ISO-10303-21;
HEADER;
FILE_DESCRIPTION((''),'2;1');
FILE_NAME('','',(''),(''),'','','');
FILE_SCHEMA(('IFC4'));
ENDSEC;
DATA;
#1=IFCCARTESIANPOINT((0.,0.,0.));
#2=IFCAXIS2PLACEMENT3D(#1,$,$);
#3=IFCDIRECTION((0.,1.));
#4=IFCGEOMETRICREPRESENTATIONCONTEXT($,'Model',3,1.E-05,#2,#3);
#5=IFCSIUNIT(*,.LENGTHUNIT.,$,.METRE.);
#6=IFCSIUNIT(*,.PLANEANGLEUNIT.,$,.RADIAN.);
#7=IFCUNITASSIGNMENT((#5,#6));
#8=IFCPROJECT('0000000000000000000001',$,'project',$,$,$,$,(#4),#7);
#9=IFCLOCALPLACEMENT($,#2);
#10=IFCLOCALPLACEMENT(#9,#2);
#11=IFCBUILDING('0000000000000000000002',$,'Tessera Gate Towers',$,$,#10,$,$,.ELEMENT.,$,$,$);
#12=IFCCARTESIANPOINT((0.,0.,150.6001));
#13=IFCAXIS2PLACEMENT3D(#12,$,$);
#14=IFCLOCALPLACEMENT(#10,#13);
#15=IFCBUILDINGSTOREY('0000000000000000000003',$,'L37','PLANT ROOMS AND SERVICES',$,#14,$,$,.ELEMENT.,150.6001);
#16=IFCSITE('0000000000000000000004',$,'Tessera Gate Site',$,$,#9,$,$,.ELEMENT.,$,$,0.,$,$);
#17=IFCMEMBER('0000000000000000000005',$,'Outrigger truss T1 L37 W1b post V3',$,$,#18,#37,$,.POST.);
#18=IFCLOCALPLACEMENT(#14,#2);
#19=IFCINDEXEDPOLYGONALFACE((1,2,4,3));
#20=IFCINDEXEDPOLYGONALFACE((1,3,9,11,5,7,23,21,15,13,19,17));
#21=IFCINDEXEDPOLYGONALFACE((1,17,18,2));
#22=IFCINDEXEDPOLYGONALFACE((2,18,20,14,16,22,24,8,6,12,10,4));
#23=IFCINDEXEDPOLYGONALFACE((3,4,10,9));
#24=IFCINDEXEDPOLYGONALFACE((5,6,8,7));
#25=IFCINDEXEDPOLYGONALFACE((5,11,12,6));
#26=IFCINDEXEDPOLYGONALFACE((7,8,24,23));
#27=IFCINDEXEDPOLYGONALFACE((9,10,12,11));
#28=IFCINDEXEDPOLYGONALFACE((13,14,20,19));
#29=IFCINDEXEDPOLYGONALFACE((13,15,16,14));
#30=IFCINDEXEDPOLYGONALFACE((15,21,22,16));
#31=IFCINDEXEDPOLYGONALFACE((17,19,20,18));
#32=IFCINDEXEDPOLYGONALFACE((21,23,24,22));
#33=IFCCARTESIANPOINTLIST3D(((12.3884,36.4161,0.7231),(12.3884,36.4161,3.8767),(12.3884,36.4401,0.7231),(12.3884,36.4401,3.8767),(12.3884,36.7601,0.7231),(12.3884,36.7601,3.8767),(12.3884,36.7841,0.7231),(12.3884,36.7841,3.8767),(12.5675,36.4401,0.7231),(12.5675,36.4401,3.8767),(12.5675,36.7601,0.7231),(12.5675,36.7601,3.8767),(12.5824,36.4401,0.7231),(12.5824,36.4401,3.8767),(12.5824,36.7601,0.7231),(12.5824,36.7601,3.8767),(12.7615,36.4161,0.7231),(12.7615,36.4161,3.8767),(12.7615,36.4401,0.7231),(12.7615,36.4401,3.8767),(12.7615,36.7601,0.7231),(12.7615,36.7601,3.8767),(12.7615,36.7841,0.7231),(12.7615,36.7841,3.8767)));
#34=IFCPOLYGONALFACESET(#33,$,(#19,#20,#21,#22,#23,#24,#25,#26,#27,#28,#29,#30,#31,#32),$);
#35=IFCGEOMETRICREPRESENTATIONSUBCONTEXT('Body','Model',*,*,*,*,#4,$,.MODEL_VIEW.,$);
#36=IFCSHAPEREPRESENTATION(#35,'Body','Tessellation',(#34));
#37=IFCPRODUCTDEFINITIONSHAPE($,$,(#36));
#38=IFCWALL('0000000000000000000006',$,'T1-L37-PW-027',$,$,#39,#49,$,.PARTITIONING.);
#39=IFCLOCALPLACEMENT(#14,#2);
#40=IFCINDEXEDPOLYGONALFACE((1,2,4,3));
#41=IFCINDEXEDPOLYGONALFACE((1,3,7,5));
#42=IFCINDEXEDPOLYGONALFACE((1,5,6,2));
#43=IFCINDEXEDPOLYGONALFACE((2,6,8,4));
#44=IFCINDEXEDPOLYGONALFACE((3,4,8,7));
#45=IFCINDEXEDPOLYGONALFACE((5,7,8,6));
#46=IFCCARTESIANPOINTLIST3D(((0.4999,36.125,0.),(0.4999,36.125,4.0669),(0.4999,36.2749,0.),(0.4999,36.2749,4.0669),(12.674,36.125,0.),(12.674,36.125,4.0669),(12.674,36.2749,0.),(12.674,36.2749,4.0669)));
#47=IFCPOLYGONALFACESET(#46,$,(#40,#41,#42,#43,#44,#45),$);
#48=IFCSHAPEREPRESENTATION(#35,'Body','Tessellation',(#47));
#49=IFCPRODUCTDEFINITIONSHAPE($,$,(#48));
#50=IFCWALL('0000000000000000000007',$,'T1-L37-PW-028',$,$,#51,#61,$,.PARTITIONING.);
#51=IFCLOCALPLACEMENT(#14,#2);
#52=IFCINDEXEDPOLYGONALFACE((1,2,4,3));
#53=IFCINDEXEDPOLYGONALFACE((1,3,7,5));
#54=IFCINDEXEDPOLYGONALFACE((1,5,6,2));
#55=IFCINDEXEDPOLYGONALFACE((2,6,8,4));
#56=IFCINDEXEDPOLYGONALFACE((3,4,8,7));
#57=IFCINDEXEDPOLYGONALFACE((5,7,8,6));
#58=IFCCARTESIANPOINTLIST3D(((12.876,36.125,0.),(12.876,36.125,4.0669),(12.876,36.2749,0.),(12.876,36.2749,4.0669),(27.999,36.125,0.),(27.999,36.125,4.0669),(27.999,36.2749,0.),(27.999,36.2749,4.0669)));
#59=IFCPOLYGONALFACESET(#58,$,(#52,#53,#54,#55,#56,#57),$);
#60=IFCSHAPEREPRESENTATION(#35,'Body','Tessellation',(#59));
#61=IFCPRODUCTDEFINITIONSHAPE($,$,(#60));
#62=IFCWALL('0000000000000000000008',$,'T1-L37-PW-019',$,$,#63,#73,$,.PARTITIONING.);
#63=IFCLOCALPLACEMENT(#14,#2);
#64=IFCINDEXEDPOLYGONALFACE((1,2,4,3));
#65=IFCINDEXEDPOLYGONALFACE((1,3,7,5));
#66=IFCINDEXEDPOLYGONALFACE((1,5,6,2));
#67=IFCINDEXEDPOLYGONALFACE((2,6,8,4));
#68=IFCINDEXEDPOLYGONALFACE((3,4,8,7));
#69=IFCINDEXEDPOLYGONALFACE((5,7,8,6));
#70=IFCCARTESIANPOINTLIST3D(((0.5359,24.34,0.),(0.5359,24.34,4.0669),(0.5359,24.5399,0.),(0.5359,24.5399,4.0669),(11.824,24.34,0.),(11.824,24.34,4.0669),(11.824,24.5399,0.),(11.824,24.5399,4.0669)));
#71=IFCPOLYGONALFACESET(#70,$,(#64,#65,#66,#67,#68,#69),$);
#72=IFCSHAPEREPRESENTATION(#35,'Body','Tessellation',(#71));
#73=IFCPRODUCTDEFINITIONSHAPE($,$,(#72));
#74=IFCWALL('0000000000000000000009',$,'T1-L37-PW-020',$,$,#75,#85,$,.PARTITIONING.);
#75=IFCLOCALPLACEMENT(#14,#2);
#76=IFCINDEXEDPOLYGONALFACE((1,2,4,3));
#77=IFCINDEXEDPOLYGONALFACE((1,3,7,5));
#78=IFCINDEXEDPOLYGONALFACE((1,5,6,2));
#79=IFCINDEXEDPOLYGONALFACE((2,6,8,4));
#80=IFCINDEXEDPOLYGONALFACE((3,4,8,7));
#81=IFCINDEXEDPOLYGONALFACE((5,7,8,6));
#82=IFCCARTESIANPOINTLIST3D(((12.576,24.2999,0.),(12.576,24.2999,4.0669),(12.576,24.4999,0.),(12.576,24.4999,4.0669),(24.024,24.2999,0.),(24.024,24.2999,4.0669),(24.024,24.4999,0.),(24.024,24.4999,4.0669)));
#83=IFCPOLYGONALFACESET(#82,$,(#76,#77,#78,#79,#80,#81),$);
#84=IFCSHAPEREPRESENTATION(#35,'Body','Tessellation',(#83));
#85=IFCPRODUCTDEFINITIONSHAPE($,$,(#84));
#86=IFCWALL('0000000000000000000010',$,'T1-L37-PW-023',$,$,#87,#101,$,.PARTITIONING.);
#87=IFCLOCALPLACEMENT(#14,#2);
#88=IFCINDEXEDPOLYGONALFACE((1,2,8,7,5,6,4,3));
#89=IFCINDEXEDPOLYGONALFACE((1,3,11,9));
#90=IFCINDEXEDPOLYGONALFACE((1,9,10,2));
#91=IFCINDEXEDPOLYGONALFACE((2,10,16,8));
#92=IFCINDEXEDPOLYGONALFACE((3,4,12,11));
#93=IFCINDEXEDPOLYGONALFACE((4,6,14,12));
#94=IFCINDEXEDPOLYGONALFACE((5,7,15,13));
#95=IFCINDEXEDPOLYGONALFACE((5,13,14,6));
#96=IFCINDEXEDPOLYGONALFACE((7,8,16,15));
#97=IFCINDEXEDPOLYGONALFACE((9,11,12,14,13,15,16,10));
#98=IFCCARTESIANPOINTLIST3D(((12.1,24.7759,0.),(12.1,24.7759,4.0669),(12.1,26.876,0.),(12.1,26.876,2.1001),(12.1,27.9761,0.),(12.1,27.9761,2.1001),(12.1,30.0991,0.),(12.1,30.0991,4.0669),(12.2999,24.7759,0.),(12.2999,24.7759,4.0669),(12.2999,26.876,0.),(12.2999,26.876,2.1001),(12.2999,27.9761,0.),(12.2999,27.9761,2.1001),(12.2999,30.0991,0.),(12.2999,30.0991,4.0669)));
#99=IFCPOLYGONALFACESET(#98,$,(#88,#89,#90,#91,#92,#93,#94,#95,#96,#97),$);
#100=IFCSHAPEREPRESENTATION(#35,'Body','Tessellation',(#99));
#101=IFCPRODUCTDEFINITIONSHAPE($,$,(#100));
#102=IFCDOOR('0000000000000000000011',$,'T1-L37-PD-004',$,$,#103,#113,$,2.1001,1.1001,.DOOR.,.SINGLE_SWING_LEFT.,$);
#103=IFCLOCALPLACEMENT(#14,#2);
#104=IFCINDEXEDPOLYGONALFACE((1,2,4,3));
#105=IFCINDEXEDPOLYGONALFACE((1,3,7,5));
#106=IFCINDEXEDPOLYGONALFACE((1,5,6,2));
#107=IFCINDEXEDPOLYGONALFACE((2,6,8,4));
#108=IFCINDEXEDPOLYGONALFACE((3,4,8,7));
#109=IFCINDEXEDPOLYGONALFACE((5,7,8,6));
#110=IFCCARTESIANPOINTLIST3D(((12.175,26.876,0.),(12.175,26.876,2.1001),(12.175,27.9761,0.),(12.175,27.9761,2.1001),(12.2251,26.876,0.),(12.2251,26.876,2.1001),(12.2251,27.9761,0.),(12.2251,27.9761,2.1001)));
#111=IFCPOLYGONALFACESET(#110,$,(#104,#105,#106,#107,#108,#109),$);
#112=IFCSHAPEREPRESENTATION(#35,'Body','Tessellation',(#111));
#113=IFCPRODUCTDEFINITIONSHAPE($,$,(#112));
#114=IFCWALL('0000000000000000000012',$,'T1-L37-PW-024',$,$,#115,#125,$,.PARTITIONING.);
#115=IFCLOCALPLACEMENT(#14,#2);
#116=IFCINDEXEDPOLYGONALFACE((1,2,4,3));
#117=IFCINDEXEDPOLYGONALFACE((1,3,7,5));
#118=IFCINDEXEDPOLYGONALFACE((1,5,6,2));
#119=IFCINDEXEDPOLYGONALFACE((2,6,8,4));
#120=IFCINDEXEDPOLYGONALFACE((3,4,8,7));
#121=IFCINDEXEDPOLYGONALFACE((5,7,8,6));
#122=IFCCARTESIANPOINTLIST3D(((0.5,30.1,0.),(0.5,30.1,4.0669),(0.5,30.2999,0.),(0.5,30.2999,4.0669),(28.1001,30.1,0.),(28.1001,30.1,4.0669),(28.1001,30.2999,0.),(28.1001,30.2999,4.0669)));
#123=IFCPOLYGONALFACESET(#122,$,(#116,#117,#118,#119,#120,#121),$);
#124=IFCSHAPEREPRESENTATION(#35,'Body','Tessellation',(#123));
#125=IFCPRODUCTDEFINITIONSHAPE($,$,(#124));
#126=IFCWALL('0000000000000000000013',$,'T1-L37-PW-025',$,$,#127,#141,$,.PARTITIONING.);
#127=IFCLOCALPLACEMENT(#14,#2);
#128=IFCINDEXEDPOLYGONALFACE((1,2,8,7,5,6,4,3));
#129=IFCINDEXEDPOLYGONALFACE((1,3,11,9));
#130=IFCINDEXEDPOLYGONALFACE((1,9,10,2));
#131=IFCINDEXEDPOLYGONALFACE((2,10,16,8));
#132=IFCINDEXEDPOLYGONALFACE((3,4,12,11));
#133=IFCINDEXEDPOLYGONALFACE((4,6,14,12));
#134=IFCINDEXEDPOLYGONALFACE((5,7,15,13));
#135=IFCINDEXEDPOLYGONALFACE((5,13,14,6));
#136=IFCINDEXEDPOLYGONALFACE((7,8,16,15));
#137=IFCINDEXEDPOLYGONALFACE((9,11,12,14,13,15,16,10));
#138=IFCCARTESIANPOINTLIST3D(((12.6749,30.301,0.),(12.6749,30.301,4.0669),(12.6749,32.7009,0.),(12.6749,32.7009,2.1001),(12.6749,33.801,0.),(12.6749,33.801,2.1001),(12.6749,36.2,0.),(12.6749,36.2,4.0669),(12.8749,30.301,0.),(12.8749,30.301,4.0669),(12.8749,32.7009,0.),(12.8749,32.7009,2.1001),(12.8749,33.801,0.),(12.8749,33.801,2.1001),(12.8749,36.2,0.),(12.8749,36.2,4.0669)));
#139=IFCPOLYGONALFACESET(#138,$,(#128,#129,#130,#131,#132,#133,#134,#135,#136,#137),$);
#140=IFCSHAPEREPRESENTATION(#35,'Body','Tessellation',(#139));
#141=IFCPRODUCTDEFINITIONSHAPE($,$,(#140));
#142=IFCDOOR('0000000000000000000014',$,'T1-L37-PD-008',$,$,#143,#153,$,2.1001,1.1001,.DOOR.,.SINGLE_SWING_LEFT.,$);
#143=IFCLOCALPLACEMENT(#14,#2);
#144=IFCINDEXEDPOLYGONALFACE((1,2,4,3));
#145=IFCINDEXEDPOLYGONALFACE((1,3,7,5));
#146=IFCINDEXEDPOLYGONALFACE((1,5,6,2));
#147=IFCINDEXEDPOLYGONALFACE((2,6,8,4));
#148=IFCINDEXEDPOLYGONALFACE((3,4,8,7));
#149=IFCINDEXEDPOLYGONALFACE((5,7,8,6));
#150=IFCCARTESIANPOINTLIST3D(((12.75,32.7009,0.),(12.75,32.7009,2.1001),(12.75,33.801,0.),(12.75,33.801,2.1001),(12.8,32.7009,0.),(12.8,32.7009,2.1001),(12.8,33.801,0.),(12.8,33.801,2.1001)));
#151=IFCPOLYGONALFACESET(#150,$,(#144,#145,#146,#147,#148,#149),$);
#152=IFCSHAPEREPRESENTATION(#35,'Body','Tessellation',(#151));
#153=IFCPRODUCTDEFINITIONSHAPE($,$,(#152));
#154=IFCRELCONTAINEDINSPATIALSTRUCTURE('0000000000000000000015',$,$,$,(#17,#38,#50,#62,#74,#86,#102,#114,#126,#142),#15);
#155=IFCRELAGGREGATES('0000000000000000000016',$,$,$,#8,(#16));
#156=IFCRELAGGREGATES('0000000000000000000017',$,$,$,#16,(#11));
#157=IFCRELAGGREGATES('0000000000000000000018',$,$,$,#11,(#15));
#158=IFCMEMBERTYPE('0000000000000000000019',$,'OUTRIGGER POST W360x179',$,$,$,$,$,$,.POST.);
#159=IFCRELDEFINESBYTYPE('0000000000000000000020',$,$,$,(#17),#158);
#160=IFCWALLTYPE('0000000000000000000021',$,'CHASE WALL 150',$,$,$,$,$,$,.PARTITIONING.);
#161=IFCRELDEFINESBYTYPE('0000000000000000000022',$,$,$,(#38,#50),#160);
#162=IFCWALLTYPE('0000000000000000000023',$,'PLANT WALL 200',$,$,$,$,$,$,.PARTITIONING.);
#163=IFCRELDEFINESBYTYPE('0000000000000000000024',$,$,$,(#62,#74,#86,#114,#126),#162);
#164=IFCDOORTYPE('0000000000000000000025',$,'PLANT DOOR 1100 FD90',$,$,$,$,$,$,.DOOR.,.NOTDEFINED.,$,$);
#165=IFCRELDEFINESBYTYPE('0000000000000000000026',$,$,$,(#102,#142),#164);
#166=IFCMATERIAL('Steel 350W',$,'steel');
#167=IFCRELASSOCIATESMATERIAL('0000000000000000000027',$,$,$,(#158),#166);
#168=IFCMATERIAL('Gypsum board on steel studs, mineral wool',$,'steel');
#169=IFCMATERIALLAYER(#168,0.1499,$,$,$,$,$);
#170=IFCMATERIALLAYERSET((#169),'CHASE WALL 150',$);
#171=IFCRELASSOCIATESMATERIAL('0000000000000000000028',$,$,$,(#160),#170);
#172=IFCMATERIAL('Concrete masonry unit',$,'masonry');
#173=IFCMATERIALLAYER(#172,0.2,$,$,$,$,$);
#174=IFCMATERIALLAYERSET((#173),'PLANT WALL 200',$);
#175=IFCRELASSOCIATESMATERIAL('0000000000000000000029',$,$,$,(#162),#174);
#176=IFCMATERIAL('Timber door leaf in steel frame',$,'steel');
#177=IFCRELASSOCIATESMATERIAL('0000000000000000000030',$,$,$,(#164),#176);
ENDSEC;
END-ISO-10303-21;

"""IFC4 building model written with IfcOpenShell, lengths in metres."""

from ifc_helpers import new_model, si_unit, direction, frame, frame_2d, origin, origin_2d, place, context, subcontext, project, spatial, rectangle, i_section, extrude, source, transform, mapped, material, layer, layer_set, material_profile, profile_set, type_object, element, fill, save


model = new_model("IFC4")

# Units and contexts
model_context = context("Model", 3, precision=1e-05, world=origin(), true_north=direction((0.0, 1.0)))
body_context = subcontext(model_context, "Body", "Model", "MODEL_VIEW")
ifc_project = project(units=[si_unit("LENGTHUNIT", "METRE"), si_unit("PLANEANGLEUNIT", "RADIAN")], contexts=[model_context])

# Site, building, storey
site_placement = place(None, origin())
site = spatial("IfcSite", under=ifc_project, at=site_placement, Name="Tessera Gate Site", CompositionType="ELEMENT", RefElevation=0.0)
building_placement = place(site_placement, origin())
building = spatial("IfcBuilding", under=site, at=building_placement, Name="Tessera Gate Towers", CompositionType="ELEMENT")
storey_placement = place(building_placement, frame((0.0, 0.0, 150.6001)))
storey = spatial("IfcBuildingStorey", under=building, at=storey_placement, Name="L37", Description="PLANT ROOMS AND SERVICES", CompositionType="ELEMENT", Elevation=150.6001)

# Member
ifc_material_1 = material(Name="Steel 350W", Category="steel")
ifc_material_profile_1 = material_profile(ifc_material_1, i_section(OverallWidth=0.373, OverallDepth=0.3679, WebThickness=0.0149, FlangeThickness=0.0239, at=origin_2d()), Name="W360x179")
ifc_profile_set_1 = profile_set([ifc_material_profile_1], Name="Steel 350W")
member_type_1 = type_object("IfcMemberType", Name="OUTRIGGER POST W360x179", PredefinedType="POST", material=ifc_profile_set_1)
member_1_placement = place(storey_placement, frame((12.575, 36.6001, 0.7231), z_axis=(0.0, 0.0, 1.0), x_axis=(1.0, 0.0, 0.0)))
element("IfcMember", 1, at=member_1_placement, inside=storey, type_object=member_type_1, Name="Outrigger truss T1 L37 W1b post V3", PredefinedType="POST", context=body_context, shape_type="SweptSolid", body=[
    extrude(i_section(OverallWidth=0.373, OverallDepth=0.3679, WebThickness=0.0149, FlangeThickness=0.0239, at=origin_2d()), origin(), (0.0, 0.0, 1.0), 3.1536),
])

# Walls
ifc_material_2 = material(Name="Gypsum board on steel studs, mineral wool", Category="steel")
ifc_layer_1 = layer(ifc_material_2, 0.1499)
ifc_layer_set_1 = layer_set([ifc_layer_1], Name="CHASE WALL 150")
wall_type_1 = type_object("IfcWallType", Name="CHASE WALL 150", PredefinedType="PARTITIONING", material=ifc_layer_set_1)
wall_1_placement = place(storey_placement, frame((0.5, 36.2, 0.0), z_axis=(0.0, 0.0, 1.0), x_axis=(1.0, 0.0, 0.0)))
element("IfcWall", 2, at=wall_1_placement, inside=storey, type_object=wall_type_1, Name="T1-L37-PW-027", PredefinedType="PARTITIONING", context=body_context, shape_type="SweptSolid", body=[
    extrude(rectangle(XDim=12.1741, YDim=0.1499, at=frame_2d((6.0869, 0.0))), origin(), (0.0, 0.0, 1.0), 4.0669),
])
wall_2_placement = place(storey_placement, frame((12.876, 36.2, 0.0), z_axis=(0.0, 0.0, 1.0), x_axis=(1.0, 0.0, 0.0)))
element("IfcWall", 3, at=wall_2_placement, inside=storey, type_object=wall_type_1, Name="T1-L37-PW-028", PredefinedType="PARTITIONING", context=body_context, shape_type="SweptSolid", body=[
    extrude(rectangle(XDim=15.123, YDim=0.1499, at=frame_2d((7.5615, 0.0))), origin(), (0.0, 0.0, 1.0), 4.0669),
])
ifc_material_3 = material(Name="Concrete masonry unit", Category="masonry")
ifc_layer_2 = layer(ifc_material_3, 0.2)
ifc_layer_set_2 = layer_set([ifc_layer_2], Name="PLANT WALL 200")
wall_type_2 = type_object("IfcWallType", Name="PLANT WALL 200", PredefinedType="PARTITIONING", material=ifc_layer_set_2)
wall_3_placement = place(storey_placement, frame((0.5359, 24.4399, 0.0), z_axis=(0.0, 0.0, 1.0), x_axis=(1.0, 0.0, 0.0)))
element("IfcWall", 4, at=wall_3_placement, inside=storey, type_object=wall_type_2, Name="T1-L37-PW-019", PredefinedType="PARTITIONING", context=body_context, shape_type="SweptSolid", body=[
    extrude(rectangle(XDim=11.2881, YDim=0.2, at=frame_2d((5.644, 0.0))), origin(), (0.0, 0.0, 1.0), 4.0669),
])
wall_4_placement = place(storey_placement, frame((12.5759, 24.3999, 0.0), z_axis=(0.0, 0.0, 1.0), x_axis=(1.0, 0.0, 0.0)))
element("IfcWall", 5, at=wall_4_placement, inside=storey, type_object=wall_type_2, Name="T1-L37-PW-020", PredefinedType="PARTITIONING", context=body_context, shape_type="SweptSolid", body=[
    extrude(rectangle(XDim=11.448, YDim=0.2, at=frame_2d((5.7241, 0.0))), origin(), (0.0, 0.0, 1.0), 4.0669),
])

# Wall, opening, door
wall_5_placement = place(storey_placement, frame((12.2, 24.7759, 0.0), z_axis=(0.0, 0.0, 1.0), x_axis=(0.0, 1.0, 0.0)))
wall_5 = element("IfcWall", 6, at=wall_5_placement, inside=storey, type_object=wall_type_2, Name="T1-L37-PW-023", PredefinedType="PARTITIONING", context=body_context, shape_type="SweptSolid", body=[
    extrude(rectangle(XDim=5.3232, YDim=0.2, at=frame_2d((2.6616, 0.0))), origin(), (0.0, 0.0, 1.0), 4.0669),
])
shared_shape_1 = source(origin(), body_context, "Body", "SweptSolid", [
    extrude(rectangle(XDim=1.1001, YDim=2.1001, at=frame_2d((0.55, 1.05))), frame((0.0, 0.1099, 0.0), z_axis=(0.0, -1.0, 0.0), x_axis=(1.0, 0.0, 0.0)), (0.0, 0.0, 1.0), 0.22),
])
opening_1_placement = place(wall_5_placement, frame((2.1001, 0.0, 0.0)))
opening_1 = element("IfcOpeningElement", 7, at=opening_1_placement, cuts=wall_5, PredefinedType="OPENING", context=body_context, shape_type="MappedRepresentation", body=[
    mapped(shared_shape_1, transform((0.0, 0.0, 0.0), scale=1.0)),
])
ifc_material_4 = material(Name="Timber door leaf in steel frame", Category="steel")
door_type = type_object("IfcDoorType", Name="PLANT DOOR 1100 FD90", OperationType="NOTDEFINED", PredefinedType="DOOR", material=ifc_material_4)
shared_shape_2 = source(origin(), body_context, "Body", "SweptSolid", [
    extrude(rectangle(XDim=1.1001, YDim=2.1001, at=frame_2d((0.55, 1.05))), frame((0.0, 0.0249, 0.0), z_axis=(0.0, -1.0, 0.0), x_axis=(1.0, 0.0, 0.0)), (0.0, 0.0, 1.0), 0.05),
])
door_1_placement = place(opening_1_placement, origin())
door_1 = element("IfcDoor", 8, at=door_1_placement, inside=storey, type_object=door_type, Name="T1-L37-PD-004", OperationType="SINGLE_SWING_LEFT", OverallHeight=2.1001, OverallWidth=1.1001, PredefinedType="DOOR", context=body_context, shape_type="MappedRepresentation", body=[
    mapped(shared_shape_2, transform((0.0, 0.0, 0.0), scale=1.0)),
])
fill(opening_1, door_1)

# Wall
wall_6_placement = place(storey_placement, frame((0.5, 30.2, 0.0), z_axis=(0.0, 0.0, 1.0), x_axis=(1.0, 0.0, 0.0)))
element("IfcWall", 9, at=wall_6_placement, inside=storey, type_object=wall_type_2, Name="T1-L37-PW-024", PredefinedType="PARTITIONING", context=body_context, shape_type="SweptSolid", body=[
    extrude(rectangle(XDim=27.6001, YDim=0.2, at=frame_2d((13.8, 0.0))), origin(), (0.0, 0.0, 1.0), 4.0669),
])

# Wall, opening, door
wall_7_placement = place(storey_placement, frame((12.7749, 30.301, 0.0), z_axis=(0.0, 0.0, 1.0), x_axis=(0.0, 1.0, 0.0)))
wall_7 = element("IfcWall", 10, at=wall_7_placement, inside=storey, type_object=wall_type_2, Name="T1-L37-PW-025", PredefinedType="PARTITIONING", context=body_context, shape_type="SweptSolid", body=[
    extrude(rectangle(XDim=5.8989, YDim=0.2, at=frame_2d((2.9495, 0.0))), origin(), (0.0, 0.0, 1.0), 4.0669),
])
opening_2_placement = place(wall_7_placement, frame((2.3999, 0.0, 0.0)))
opening_2 = element("IfcOpeningElement", 11, at=opening_2_placement, cuts=wall_7, PredefinedType="OPENING", context=body_context, shape_type="MappedRepresentation", body=[
    mapped(shared_shape_1, transform((0.0, 0.0, 0.0), scale=1.0)),
])
door_2_placement = place(opening_2_placement, origin())
door_2 = element("IfcDoor", 12, at=door_2_placement, inside=storey, type_object=door_type, Name="T1-L37-PD-008", OperationType="SINGLE_SWING_LEFT", OverallHeight=2.1001, OverallWidth=1.1001, PredefinedType="DOOR", context=body_context, shape_type="MappedRepresentation", body=[
    mapped(shared_shape_2, transform((0.0, 0.0, 0.0), scale=1.0)),
])
fill(opening_2, door_2)

save(model, "model.ifc")
